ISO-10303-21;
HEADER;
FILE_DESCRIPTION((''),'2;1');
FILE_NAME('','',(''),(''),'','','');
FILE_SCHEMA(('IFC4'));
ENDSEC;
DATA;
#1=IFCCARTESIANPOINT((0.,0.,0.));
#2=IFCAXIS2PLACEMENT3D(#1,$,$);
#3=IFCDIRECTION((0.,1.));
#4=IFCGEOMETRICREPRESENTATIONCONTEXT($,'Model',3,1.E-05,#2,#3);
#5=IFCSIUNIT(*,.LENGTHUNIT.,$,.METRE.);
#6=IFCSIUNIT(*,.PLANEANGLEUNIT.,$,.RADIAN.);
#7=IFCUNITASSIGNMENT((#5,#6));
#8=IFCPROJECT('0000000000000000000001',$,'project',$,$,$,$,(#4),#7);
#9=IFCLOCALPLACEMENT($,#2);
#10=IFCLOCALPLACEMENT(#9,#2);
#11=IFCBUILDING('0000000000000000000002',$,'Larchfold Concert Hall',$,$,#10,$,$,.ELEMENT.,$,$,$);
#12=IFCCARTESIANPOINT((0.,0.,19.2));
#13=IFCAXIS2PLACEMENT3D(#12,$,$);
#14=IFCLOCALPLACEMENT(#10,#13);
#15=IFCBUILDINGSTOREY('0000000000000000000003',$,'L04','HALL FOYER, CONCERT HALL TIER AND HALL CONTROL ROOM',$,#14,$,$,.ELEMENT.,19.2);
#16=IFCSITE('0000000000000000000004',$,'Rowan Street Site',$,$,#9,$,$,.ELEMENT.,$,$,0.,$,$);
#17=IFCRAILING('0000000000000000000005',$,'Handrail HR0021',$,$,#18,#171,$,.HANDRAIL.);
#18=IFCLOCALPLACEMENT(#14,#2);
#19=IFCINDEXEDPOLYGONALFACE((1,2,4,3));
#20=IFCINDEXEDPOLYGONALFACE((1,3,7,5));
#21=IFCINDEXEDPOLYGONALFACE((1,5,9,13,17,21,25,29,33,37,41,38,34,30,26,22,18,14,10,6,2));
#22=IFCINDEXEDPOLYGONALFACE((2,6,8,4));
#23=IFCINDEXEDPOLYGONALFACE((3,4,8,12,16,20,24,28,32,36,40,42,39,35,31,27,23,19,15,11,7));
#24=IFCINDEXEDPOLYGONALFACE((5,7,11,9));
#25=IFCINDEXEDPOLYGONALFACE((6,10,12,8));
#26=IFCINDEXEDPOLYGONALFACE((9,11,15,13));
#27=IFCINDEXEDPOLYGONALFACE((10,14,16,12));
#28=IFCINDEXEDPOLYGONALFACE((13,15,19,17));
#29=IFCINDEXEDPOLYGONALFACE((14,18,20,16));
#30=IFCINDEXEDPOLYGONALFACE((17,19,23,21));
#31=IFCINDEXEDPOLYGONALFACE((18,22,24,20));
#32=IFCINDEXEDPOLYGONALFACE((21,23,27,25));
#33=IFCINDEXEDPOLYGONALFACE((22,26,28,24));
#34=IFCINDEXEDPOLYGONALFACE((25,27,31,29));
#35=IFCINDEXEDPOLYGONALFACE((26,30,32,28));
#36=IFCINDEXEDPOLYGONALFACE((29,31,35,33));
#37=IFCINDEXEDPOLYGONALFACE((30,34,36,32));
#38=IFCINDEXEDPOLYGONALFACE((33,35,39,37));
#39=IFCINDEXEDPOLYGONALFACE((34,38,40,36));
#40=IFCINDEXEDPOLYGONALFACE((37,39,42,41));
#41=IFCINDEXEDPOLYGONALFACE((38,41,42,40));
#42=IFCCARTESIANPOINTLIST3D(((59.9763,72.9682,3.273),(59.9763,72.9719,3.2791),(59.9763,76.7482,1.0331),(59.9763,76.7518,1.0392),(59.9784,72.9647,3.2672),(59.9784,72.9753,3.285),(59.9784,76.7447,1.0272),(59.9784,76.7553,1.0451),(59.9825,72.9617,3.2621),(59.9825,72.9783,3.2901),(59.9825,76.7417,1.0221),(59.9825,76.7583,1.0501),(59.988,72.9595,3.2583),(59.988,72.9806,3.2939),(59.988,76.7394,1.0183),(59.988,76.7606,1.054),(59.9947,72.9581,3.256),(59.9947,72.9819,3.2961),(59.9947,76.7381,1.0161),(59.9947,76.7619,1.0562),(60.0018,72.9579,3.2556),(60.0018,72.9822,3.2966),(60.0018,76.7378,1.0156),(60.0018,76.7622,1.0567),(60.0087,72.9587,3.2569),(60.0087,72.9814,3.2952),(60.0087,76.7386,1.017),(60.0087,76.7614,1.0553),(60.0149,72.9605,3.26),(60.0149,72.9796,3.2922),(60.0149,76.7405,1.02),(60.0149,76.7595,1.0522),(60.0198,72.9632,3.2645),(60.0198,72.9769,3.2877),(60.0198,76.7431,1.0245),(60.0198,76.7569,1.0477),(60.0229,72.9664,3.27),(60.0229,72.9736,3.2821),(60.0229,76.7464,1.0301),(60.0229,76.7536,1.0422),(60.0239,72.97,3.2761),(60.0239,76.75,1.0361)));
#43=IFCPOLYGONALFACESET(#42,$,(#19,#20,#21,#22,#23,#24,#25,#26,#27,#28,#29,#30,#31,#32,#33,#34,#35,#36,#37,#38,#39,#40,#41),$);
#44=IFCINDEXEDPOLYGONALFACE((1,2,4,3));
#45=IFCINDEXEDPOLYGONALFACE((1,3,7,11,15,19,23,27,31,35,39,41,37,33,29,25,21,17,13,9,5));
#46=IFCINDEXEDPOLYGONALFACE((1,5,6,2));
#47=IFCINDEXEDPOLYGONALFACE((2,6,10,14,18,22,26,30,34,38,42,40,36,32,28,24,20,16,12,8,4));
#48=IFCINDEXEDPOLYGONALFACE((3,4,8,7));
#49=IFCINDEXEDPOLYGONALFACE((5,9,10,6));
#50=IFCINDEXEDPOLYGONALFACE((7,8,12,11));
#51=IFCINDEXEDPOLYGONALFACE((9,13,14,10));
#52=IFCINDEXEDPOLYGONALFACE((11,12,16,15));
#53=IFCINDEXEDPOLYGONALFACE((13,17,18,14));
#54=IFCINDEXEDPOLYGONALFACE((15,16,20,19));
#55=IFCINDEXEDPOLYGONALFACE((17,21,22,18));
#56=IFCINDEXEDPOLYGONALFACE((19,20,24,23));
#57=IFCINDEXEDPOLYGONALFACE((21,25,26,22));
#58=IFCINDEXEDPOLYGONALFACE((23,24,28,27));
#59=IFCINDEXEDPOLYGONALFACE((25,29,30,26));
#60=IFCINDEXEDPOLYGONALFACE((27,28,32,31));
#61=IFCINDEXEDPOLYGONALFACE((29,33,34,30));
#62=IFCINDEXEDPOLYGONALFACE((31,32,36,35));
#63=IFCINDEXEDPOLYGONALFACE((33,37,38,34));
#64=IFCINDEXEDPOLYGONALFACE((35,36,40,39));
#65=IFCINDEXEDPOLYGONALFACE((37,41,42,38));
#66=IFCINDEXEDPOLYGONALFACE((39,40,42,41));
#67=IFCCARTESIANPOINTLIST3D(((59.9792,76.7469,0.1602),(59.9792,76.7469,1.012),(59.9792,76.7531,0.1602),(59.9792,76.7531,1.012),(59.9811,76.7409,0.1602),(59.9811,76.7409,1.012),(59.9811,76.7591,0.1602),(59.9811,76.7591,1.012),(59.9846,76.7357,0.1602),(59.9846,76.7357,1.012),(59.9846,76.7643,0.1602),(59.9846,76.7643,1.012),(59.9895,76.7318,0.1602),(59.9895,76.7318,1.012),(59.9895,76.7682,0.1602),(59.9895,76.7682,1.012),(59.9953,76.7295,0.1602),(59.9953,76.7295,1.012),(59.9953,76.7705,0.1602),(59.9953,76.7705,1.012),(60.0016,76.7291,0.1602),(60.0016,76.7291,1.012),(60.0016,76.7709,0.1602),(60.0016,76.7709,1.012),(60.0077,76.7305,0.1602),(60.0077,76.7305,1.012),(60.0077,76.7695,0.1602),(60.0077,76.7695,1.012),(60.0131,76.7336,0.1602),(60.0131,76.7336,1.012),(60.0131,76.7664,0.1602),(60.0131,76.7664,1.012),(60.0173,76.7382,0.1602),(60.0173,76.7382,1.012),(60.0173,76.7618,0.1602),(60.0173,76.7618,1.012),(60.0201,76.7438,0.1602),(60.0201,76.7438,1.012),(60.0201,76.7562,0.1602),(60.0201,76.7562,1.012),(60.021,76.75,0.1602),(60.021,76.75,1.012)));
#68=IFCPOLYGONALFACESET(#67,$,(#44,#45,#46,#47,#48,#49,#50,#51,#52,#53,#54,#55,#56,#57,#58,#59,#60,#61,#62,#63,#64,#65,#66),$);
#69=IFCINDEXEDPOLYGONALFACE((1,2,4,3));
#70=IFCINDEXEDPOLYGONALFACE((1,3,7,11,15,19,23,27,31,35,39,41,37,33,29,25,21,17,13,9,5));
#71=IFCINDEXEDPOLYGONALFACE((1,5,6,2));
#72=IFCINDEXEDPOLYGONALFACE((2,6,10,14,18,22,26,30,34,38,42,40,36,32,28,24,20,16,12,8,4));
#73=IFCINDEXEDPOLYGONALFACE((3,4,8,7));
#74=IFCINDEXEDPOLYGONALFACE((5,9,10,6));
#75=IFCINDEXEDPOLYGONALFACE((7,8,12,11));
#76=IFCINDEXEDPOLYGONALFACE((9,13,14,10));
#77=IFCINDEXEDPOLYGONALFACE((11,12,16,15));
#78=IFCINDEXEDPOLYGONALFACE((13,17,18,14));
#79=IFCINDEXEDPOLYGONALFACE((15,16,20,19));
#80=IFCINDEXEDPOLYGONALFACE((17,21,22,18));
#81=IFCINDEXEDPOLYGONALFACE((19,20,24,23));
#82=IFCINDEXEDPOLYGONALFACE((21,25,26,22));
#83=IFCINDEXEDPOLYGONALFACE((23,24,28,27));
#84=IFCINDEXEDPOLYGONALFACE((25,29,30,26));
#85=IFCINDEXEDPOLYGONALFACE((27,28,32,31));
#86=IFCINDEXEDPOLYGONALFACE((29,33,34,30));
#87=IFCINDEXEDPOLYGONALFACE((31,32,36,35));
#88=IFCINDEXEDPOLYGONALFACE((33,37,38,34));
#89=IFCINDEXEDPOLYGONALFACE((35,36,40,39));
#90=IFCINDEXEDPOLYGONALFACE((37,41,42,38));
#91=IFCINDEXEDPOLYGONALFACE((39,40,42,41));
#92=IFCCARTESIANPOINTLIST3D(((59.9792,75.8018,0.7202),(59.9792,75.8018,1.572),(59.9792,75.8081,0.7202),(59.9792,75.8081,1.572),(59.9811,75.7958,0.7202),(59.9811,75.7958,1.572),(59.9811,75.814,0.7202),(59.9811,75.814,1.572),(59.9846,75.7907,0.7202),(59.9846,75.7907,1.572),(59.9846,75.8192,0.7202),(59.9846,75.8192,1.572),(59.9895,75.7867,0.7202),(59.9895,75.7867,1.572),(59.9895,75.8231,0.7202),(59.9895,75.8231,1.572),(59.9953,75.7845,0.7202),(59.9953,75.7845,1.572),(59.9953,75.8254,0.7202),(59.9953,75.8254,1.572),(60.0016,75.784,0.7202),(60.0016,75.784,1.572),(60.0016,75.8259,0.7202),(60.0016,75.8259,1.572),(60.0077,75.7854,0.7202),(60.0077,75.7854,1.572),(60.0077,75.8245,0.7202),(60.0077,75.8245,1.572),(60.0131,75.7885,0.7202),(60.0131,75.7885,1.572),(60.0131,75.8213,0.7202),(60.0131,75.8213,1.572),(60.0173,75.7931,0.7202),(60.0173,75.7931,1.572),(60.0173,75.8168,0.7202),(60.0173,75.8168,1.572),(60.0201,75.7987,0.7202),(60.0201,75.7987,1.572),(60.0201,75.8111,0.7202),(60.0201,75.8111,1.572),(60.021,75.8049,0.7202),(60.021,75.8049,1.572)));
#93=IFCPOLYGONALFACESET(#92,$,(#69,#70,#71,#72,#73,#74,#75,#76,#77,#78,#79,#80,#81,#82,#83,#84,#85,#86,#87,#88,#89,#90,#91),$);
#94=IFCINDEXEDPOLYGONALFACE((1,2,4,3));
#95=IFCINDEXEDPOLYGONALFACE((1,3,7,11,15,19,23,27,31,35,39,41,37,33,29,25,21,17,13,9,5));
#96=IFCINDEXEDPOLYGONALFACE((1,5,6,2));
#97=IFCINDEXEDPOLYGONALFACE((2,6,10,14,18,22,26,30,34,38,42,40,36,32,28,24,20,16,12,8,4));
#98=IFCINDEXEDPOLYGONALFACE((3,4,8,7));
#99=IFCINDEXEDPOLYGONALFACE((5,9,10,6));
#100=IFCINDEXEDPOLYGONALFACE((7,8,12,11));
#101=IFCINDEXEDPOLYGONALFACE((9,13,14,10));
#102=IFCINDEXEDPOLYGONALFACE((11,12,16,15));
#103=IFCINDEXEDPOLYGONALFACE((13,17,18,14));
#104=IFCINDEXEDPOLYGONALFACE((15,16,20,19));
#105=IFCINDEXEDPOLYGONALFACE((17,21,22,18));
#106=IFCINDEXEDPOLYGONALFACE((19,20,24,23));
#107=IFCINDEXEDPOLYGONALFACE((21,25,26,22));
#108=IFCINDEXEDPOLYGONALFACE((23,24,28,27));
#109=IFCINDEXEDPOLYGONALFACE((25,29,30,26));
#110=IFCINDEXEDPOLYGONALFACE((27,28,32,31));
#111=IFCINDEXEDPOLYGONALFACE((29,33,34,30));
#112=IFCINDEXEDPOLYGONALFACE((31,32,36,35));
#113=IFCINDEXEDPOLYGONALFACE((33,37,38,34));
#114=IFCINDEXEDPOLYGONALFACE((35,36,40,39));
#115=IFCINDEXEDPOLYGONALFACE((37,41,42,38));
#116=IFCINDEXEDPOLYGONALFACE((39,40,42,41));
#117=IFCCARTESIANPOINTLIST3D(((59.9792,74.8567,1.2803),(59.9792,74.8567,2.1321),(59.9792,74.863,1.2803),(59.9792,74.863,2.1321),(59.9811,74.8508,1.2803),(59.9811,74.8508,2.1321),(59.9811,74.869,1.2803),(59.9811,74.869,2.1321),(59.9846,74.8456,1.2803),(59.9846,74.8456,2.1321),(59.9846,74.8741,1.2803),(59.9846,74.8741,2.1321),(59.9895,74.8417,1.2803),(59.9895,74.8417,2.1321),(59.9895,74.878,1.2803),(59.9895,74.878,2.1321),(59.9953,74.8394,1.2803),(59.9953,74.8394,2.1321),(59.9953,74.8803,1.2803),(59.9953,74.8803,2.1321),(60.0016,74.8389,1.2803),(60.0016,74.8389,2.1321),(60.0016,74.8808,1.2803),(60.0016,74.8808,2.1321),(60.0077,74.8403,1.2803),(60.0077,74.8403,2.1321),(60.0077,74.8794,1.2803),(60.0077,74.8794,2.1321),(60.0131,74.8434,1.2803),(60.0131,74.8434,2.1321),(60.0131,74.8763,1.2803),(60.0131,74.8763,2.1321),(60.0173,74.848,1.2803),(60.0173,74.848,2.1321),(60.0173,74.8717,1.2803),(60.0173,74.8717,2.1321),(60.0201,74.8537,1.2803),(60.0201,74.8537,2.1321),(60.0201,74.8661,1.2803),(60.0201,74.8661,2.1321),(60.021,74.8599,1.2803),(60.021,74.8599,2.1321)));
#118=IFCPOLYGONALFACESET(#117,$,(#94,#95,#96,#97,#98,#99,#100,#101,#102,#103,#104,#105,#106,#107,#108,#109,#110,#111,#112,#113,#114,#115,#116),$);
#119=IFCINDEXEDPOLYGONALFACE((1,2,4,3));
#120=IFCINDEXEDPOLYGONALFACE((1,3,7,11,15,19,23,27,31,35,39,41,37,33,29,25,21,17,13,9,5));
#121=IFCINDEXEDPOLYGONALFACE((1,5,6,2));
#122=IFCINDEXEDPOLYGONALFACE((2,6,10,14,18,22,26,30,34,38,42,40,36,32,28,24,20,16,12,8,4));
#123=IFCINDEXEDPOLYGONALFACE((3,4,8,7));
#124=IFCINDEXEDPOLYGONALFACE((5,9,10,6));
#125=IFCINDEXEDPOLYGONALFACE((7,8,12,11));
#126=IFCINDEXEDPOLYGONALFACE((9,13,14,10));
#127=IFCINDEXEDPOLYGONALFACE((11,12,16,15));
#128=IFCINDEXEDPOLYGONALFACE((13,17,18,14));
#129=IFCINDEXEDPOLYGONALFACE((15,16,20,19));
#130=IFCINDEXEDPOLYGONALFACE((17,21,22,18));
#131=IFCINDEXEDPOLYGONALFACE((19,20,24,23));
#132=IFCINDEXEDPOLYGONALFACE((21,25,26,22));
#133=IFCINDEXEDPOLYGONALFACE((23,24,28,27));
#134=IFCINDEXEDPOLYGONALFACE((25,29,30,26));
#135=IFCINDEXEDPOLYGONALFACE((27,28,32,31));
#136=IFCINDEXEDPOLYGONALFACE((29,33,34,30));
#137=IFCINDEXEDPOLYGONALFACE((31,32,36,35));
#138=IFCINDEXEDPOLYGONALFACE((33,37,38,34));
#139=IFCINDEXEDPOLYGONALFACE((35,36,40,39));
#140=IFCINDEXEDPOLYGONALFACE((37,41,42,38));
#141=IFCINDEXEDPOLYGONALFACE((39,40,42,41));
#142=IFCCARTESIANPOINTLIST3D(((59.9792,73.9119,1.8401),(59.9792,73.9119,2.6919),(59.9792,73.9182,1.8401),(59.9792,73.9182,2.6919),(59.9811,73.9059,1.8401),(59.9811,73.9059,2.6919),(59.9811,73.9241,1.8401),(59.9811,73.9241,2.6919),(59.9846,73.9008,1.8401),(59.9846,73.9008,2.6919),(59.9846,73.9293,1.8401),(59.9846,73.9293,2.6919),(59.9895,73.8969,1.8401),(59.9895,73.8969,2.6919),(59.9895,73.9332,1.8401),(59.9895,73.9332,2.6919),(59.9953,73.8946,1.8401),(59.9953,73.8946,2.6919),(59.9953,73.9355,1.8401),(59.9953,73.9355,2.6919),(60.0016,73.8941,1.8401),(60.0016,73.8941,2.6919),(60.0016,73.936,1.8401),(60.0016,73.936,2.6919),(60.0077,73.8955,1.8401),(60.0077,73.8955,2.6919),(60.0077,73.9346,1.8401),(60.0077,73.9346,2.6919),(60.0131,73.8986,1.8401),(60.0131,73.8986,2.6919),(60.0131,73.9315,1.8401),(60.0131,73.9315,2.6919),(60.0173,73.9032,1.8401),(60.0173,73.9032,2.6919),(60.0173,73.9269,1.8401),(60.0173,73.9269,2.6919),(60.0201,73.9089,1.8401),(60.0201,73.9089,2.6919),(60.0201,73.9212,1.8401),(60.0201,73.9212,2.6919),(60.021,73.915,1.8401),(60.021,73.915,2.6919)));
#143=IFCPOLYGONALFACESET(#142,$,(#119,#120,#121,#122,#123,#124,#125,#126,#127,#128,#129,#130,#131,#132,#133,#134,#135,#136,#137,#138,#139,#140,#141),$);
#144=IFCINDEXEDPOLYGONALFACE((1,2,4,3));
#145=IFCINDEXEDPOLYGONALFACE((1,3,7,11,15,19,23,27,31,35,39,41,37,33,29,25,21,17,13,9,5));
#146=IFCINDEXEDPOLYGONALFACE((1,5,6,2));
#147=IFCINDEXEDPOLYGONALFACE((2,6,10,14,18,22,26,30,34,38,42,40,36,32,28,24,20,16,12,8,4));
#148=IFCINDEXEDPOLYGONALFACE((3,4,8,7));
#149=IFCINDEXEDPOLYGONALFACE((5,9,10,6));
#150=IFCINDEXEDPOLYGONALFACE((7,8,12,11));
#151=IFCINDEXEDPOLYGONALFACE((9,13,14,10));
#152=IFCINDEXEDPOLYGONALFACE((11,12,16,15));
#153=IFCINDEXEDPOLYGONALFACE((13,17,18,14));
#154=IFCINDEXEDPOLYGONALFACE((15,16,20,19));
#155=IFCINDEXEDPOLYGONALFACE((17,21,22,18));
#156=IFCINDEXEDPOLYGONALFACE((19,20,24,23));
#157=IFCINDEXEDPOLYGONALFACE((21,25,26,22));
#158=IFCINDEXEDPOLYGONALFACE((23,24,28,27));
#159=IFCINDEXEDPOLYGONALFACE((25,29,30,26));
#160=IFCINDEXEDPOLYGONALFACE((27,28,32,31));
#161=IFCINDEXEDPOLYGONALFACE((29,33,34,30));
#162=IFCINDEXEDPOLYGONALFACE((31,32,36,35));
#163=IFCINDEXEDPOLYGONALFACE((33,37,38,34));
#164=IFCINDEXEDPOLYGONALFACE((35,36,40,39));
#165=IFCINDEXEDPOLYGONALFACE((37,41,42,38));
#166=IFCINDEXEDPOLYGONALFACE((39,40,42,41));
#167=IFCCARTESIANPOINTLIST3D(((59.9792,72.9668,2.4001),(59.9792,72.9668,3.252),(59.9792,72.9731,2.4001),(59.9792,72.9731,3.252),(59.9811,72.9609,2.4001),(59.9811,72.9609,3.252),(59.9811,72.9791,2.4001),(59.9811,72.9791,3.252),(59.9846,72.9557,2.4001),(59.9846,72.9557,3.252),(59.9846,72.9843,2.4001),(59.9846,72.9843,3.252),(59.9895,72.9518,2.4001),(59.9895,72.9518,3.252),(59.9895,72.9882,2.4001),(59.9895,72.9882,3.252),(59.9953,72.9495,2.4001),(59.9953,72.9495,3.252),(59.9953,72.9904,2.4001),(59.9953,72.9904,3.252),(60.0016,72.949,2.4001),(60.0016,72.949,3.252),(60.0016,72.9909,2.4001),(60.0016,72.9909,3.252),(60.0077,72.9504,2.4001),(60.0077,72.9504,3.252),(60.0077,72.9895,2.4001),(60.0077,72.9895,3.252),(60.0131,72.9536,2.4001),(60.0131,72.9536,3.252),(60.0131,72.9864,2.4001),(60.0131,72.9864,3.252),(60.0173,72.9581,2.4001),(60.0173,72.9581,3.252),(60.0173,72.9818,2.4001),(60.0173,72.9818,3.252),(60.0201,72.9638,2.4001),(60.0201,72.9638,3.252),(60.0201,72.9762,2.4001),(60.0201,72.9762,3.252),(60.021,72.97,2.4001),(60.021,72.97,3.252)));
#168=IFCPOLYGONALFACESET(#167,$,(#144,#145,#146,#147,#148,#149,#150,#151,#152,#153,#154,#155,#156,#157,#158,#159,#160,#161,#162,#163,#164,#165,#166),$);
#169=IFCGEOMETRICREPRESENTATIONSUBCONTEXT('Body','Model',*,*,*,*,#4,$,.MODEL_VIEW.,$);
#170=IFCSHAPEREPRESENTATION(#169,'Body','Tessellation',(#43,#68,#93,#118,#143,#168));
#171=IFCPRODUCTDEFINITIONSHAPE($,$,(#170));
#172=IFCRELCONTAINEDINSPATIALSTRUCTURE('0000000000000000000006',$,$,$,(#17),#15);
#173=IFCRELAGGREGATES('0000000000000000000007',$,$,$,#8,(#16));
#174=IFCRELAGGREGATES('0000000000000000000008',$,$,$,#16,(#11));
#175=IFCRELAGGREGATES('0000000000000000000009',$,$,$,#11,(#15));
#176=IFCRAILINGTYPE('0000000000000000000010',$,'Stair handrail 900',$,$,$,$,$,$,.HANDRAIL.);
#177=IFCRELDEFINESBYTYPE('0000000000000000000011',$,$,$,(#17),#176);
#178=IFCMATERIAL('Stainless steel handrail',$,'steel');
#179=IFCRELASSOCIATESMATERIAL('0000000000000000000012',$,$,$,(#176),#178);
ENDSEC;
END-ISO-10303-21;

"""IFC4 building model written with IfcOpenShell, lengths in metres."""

from ifc_helpers import new_model, si_unit, direction, frame, origin, origin_2d, place, context, subcontext, project, spatial, circle, extrude, material, type_object, element, save


model = new_model("IFC4")

# Units and contexts
model_context = context("Model", 3, precision=1e-05, world=origin(), true_north=direction((0.0, 1.0)))
body_context = subcontext(model_context, "Body", "Model", "MODEL_VIEW")
ifc_project = project(units=[si_unit("LENGTHUNIT", "METRE"), si_unit("PLANEANGLEUNIT", "RADIAN")], contexts=[model_context])

# Site, building, storey
site_placement = place(None, origin())
site = spatial("IfcSite", under=ifc_project, at=site_placement, Name="Rowan Street Site", CompositionType="ELEMENT", RefElevation=0.0)
building_placement = place(site_placement, origin())
building = spatial("IfcBuilding", under=site, at=building_placement, Name="Larchfold Concert Hall", CompositionType="ELEMENT")
storey_placement = place(building_placement, frame((0.0, 0.0, 19.2)))
storey = spatial("IfcBuildingStorey", under=building, at=storey_placement, Name="L04", Description="HALL FOYER, CONCERT HALL TIER AND HALL CONTROL ROOM", CompositionType="ELEMENT", Elevation=19.2)

# Railing
ifc_material_1 = material(Name="Stainless steel handrail", Category="steel")
railing_type_1 = type_object("IfcRailingType", Name="Stair handrail 900", PredefinedType="HANDRAIL", material=ifc_material_1)
railing_1_placement = place(storey_placement, frame((60.0, 76.75, 0.1602)))
element("IfcRailing", 1, at=railing_1_placement, inside=storey, type_object=railing_type_1, Name="Handrail HR0021", PredefinedType="HANDRAIL", context=body_context, shape_type="SweptSolid", body=[
    extrude(circle(Radius=0.0239, at=origin_2d()), frame((0.0, 0.0, 0.876), z_axis=(0.0, -0.860294, 0.509798), x_axis=(1.0, 0.0, 0.0)), (0.0, 0.0, 1.0), 4.3938),
    extrude(circle(Radius=0.021, at=origin_2d()), origin(), (0.0, 0.0, 1.0), 0.8518),
    extrude(circle(Radius=0.021, at=origin_2d()), frame((0.0, -0.9451, 0.5601)), (0.0, 0.0, 1.0), 0.8518),
    extrude(circle(Radius=0.021, at=origin_2d()), frame((0.0, -1.8901, 1.1201)), (0.0, 0.0, 1.0), 0.8518),
    extrude(circle(Radius=0.021, at=origin_2d()), frame((0.0, -2.835, 1.6799)), (0.0, 0.0, 1.0), 0.8518),
    extrude(circle(Radius=0.021, at=origin_2d()), frame((0.0, -3.78, 2.24)), (0.0, 0.0, 1.0), 0.8518),
])

save(model, "model.ifc")
